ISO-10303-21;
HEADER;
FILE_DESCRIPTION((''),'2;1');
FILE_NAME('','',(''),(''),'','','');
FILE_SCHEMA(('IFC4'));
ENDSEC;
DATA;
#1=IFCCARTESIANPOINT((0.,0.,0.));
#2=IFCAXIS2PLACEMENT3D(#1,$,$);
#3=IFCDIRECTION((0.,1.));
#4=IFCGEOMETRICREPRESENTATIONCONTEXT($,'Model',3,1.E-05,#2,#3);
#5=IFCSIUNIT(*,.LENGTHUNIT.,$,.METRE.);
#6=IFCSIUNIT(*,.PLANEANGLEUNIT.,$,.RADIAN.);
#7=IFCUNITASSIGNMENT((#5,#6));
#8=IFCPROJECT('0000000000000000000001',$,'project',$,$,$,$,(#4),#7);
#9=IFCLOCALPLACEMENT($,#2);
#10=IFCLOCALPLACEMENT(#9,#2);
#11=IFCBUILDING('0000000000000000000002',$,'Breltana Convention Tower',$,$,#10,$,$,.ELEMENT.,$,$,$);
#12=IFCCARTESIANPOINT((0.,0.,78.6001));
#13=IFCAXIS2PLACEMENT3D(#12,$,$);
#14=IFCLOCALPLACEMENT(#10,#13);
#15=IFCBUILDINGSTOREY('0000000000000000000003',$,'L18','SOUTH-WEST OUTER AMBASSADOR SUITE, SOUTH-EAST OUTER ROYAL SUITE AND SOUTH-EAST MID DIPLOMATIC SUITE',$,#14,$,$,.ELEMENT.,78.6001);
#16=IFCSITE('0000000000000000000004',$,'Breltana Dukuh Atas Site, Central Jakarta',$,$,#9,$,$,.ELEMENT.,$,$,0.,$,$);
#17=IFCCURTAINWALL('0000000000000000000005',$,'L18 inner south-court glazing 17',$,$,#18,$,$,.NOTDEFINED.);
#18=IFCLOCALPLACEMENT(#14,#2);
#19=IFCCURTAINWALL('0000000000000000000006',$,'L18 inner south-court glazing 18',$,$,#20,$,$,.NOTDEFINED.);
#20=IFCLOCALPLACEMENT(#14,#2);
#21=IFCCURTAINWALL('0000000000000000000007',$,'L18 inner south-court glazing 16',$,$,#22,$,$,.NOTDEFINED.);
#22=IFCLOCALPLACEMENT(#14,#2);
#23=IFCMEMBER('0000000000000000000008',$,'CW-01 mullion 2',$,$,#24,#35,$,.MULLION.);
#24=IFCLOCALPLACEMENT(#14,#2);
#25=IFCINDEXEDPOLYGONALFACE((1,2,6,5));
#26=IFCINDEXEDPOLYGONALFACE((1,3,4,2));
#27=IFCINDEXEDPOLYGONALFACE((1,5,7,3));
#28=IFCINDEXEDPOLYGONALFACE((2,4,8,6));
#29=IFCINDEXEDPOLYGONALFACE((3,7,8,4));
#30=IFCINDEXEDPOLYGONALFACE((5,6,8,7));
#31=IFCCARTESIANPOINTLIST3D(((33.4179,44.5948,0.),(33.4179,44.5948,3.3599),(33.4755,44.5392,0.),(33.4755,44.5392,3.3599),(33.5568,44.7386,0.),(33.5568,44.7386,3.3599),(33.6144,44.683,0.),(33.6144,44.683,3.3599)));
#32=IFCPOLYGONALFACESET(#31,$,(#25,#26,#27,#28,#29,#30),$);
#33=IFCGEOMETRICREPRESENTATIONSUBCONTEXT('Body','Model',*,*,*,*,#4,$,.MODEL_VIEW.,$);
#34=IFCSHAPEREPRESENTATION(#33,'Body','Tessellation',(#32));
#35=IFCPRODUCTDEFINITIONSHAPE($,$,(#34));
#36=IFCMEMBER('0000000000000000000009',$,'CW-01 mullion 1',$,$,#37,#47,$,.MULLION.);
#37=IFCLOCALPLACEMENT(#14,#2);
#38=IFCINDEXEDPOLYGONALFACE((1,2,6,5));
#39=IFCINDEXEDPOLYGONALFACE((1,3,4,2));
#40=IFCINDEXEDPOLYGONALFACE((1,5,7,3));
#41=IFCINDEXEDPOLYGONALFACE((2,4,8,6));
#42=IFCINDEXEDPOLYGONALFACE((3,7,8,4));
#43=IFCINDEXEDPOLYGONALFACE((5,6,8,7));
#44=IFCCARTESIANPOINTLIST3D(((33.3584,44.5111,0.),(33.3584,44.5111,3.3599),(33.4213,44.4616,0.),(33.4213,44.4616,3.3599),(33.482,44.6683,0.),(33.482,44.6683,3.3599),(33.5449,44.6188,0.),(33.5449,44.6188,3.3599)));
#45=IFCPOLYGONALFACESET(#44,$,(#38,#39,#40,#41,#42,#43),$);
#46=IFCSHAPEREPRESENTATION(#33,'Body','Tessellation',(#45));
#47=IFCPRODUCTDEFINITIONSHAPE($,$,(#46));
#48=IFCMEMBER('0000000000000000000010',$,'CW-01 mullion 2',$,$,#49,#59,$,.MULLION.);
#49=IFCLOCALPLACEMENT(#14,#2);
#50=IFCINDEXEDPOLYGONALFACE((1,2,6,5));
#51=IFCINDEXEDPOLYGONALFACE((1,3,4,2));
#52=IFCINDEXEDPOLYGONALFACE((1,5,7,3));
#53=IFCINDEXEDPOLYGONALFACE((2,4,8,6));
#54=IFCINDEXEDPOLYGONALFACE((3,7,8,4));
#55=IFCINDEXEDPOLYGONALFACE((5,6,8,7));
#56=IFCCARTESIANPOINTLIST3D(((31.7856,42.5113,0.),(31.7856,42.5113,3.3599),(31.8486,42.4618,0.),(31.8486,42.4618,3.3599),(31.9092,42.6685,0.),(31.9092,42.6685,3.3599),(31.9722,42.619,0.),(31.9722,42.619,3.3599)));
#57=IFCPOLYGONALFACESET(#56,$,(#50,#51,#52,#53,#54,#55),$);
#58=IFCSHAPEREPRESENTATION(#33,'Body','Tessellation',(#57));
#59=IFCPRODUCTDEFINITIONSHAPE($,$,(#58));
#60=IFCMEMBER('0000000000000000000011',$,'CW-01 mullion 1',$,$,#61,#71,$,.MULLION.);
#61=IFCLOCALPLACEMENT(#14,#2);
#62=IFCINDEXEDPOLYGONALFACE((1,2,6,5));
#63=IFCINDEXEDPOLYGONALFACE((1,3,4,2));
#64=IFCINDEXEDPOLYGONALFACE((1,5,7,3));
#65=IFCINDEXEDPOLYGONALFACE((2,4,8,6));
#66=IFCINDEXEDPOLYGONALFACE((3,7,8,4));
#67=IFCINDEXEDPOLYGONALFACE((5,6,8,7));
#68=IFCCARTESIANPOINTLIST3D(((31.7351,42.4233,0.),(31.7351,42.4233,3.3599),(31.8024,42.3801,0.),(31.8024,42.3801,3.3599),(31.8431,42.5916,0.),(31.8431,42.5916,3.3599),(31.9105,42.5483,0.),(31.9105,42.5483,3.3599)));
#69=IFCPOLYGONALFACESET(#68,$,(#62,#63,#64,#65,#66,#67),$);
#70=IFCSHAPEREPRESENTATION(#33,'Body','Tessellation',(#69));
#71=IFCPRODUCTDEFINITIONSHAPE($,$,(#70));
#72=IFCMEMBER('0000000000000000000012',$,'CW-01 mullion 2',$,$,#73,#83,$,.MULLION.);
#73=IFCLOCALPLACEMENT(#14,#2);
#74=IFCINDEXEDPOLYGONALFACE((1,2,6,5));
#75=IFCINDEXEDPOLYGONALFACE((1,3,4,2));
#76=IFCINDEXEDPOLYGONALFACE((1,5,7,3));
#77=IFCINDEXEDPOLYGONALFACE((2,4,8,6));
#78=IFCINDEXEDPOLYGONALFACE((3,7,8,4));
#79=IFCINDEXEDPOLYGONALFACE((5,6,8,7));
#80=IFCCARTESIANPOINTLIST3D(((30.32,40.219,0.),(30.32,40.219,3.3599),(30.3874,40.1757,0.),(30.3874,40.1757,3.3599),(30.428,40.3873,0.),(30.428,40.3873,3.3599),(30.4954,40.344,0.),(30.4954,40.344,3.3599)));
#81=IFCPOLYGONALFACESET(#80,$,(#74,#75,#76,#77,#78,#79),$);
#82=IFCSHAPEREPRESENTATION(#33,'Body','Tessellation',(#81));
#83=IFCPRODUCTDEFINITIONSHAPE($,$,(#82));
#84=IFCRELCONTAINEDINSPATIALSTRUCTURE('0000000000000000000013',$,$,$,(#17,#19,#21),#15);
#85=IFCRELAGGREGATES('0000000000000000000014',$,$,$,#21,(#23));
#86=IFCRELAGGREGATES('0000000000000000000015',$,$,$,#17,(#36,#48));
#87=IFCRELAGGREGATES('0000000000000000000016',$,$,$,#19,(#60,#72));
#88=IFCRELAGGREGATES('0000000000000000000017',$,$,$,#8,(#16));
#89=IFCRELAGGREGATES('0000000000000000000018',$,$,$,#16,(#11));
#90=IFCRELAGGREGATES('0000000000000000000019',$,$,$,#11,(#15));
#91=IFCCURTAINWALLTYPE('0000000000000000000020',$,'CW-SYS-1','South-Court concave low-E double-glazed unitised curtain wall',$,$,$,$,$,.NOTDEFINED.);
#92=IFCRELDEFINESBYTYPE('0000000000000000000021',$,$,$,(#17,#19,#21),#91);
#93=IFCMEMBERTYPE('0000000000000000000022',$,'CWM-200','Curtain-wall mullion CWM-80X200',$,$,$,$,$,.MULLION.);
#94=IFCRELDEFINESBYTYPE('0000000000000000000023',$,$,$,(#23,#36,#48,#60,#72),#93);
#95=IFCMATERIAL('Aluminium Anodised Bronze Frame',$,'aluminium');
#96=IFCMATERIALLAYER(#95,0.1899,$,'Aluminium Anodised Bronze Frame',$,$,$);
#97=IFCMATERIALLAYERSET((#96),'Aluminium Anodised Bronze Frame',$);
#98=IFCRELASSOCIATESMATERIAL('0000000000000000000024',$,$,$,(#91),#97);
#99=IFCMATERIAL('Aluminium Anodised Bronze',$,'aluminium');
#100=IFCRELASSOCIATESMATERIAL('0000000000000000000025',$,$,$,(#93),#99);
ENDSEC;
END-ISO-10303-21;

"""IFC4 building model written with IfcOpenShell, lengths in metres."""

from ifc_helpers import new_model, si_unit, direction, frame, origin, origin_2d, place, context, subcontext, project, spatial, rectangle, extrude, source, transform, mapped, material, layer, layer_set, material_profile, profile_set, type_object, element, aggregate, save


model = new_model("IFC4")

# Units and contexts
model_context = context("Model", 3, precision=1e-05, world=origin(), true_north=direction((0.0, 1.0)))
body_context = subcontext(model_context, "Body", "Model", "MODEL_VIEW")
ifc_project = project(units=[si_unit("LENGTHUNIT", "METRE"), si_unit("PLANEANGLEUNIT", "RADIAN")], contexts=[model_context])

# Site, building, storey
site_placement = place(None, origin())
site = spatial("IfcSite", under=ifc_project, at=site_placement, Name="Breltana Dukuh Atas Site, Central Jakarta", CompositionType="ELEMENT", RefElevation=0.0)
building_placement = place(site_placement, origin())
building = spatial("IfcBuilding", under=site, at=building_placement, Name="Breltana Convention Tower", CompositionType="ELEMENT")
storey_placement = place(building_placement, frame((0.0, 0.0, 78.6001)))
storey = spatial("IfcBuildingStorey", under=building, at=storey_placement, Name="L18", Description="SOUTH-WEST OUTER AMBASSADOR SUITE, SOUTH-EAST OUTER ROYAL SUITE AND SOUTH-EAST MID DIPLOMATIC SUITE", CompositionType="ELEMENT", Elevation=78.6001)

# Curtain walls
ifc_material_1 = material(Name="Aluminium Anodised Bronze Frame", Category="aluminium")
ifc_layer_1 = layer(ifc_material_1, 0.1899, Name="Aluminium Anodised Bronze Frame")
ifc_layer_set_1 = layer_set([ifc_layer_1], Name="Aluminium Anodised Bronze Frame")
curtain_wall_type = type_object("IfcCurtainWallType", Name="CW-SYS-1", Description="South-Court concave low-E double-glazed unitised curtain wall", PredefinedType="NOTDEFINED", material=ifc_layer_set_1)
curtain_wall_1_placement = place(storey_placement, origin())
curtain_wall_1 = element("IfcCurtainWall", 1, at=curtain_wall_1_placement, inside=storey, type_object=curtain_wall_type, Name="L18 inner south-court glazing 17", PredefinedType="NOTDEFINED")
ifc_material_2 = material(Name="Aluminium Anodised Bronze", Category="aluminium")
curtain_wall_2_placement = place(storey_placement, origin())
curtain_wall_2 = element("IfcCurtainWall", 2, at=curtain_wall_2_placement, inside=storey, type_object=curtain_wall_type, Name="L18 inner south-court glazing 18", PredefinedType="NOTDEFINED")

# Curtain wall, member
curtain_wall_3_placement = place(storey_placement, origin())
curtain_wall_3 = element("IfcCurtainWall", 3, at=curtain_wall_3_placement, inside=storey, type_object=curtain_wall_type, Name="L18 inner south-court glazing 16", PredefinedType="NOTDEFINED")
ifc_material_profile_1 = material_profile(ifc_material_2, rectangle(XDim=0.0801, YDim=0.2, at=origin_2d()), Name="CWM-80X200")
ifc_profile_set_1 = profile_set([ifc_material_profile_1], Name="Aluminium Anodised Bronze")
member_type_1 = type_object("IfcMemberType", Name="CWM-200", Description="Curtain-wall mullion CWM-80X200", PredefinedType="MULLION", material=ifc_profile_set_1)
shared_shape_1 = source(origin(), body_context, "Body", "SweptSolid", [
    extrude(rectangle(XDim=0.0801, YDim=0.2, at=origin_2d()), origin(), (0.0, 0.0, 1.0), 3.3599),
])
member_1_placement = place(storey_placement, frame((33.5161, 44.6389, 0.0), z_axis=(0.0, 0.0, 1.0), x_axis=(0.719385, -0.694612, 0.0)))
member_1 = element("IfcMember", 4, at=member_1_placement, type_object=member_type_1, Name="CW-01 mullion 2", PredefinedType="MULLION", context=body_context, shape_type="MappedRepresentation", body=[
    mapped(shared_shape_1, transform((0.0, 0.0, 0.0), scale=1.0)),
])
aggregate(curtain_wall_3, [member_1])

# Members
member_2_placement = place(storey_placement, frame((33.4517, 44.5649, 0.0), z_axis=(0.0, 0.0, 1.0), x_axis=(0.786058, -0.618153, 0.0)))
member_2 = element("IfcMember", 5, at=member_2_placement, type_object=member_type_1, Name="CW-01 mullion 1", PredefinedType="MULLION", context=body_context, shape_type="MappedRepresentation", body=[
    mapped(shared_shape_1, transform((0.0, 0.0, 0.0), scale=1.0)),
])
member_3_placement = place(storey_placement, frame((31.8789, 42.5652, 0.0), z_axis=(0.0, 0.0, 1.0), x_axis=(0.786058, -0.618153, 0.0)))
member_3 = element("IfcMember", 6, at=member_3_placement, type_object=member_type_1, Name="CW-01 mullion 2", PredefinedType="MULLION", context=body_context, shape_type="MappedRepresentation", body=[
    mapped(shared_shape_1, transform((0.0, 0.0, 0.0), scale=1.0)),
])
member_4_placement = place(storey_placement, frame((31.8228, 42.4858, 0.0), z_axis=(0.0, 0.0, 1.0), x_axis=(0.841556, -0.54017, 0.0)))
member_4 = element("IfcMember", 7, at=member_4_placement, type_object=member_type_1, Name="CW-01 mullion 1", PredefinedType="MULLION", context=body_context, shape_type="MappedRepresentation", body=[
    mapped(shared_shape_1, transform((0.0, 0.0, 0.0), scale=1.0)),
])
member_5_placement = place(storey_placement, frame((30.4077, 40.2815, 0.0), z_axis=(0.0, 0.0, 1.0), x_axis=(0.841556, -0.54017, 0.0)))
member_5 = element("IfcMember", 8, at=member_5_placement, type_object=member_type_1, Name="CW-01 mullion 2", PredefinedType="MULLION", context=body_context, shape_type="MappedRepresentation", body=[
    mapped(shared_shape_1, transform((0.0, 0.0, 0.0), scale=1.0)),
])

aggregate(curtain_wall_1, [member_2, member_3])
aggregate(curtain_wall_2, [member_4, member_5])

save(model, "model.ifc")
